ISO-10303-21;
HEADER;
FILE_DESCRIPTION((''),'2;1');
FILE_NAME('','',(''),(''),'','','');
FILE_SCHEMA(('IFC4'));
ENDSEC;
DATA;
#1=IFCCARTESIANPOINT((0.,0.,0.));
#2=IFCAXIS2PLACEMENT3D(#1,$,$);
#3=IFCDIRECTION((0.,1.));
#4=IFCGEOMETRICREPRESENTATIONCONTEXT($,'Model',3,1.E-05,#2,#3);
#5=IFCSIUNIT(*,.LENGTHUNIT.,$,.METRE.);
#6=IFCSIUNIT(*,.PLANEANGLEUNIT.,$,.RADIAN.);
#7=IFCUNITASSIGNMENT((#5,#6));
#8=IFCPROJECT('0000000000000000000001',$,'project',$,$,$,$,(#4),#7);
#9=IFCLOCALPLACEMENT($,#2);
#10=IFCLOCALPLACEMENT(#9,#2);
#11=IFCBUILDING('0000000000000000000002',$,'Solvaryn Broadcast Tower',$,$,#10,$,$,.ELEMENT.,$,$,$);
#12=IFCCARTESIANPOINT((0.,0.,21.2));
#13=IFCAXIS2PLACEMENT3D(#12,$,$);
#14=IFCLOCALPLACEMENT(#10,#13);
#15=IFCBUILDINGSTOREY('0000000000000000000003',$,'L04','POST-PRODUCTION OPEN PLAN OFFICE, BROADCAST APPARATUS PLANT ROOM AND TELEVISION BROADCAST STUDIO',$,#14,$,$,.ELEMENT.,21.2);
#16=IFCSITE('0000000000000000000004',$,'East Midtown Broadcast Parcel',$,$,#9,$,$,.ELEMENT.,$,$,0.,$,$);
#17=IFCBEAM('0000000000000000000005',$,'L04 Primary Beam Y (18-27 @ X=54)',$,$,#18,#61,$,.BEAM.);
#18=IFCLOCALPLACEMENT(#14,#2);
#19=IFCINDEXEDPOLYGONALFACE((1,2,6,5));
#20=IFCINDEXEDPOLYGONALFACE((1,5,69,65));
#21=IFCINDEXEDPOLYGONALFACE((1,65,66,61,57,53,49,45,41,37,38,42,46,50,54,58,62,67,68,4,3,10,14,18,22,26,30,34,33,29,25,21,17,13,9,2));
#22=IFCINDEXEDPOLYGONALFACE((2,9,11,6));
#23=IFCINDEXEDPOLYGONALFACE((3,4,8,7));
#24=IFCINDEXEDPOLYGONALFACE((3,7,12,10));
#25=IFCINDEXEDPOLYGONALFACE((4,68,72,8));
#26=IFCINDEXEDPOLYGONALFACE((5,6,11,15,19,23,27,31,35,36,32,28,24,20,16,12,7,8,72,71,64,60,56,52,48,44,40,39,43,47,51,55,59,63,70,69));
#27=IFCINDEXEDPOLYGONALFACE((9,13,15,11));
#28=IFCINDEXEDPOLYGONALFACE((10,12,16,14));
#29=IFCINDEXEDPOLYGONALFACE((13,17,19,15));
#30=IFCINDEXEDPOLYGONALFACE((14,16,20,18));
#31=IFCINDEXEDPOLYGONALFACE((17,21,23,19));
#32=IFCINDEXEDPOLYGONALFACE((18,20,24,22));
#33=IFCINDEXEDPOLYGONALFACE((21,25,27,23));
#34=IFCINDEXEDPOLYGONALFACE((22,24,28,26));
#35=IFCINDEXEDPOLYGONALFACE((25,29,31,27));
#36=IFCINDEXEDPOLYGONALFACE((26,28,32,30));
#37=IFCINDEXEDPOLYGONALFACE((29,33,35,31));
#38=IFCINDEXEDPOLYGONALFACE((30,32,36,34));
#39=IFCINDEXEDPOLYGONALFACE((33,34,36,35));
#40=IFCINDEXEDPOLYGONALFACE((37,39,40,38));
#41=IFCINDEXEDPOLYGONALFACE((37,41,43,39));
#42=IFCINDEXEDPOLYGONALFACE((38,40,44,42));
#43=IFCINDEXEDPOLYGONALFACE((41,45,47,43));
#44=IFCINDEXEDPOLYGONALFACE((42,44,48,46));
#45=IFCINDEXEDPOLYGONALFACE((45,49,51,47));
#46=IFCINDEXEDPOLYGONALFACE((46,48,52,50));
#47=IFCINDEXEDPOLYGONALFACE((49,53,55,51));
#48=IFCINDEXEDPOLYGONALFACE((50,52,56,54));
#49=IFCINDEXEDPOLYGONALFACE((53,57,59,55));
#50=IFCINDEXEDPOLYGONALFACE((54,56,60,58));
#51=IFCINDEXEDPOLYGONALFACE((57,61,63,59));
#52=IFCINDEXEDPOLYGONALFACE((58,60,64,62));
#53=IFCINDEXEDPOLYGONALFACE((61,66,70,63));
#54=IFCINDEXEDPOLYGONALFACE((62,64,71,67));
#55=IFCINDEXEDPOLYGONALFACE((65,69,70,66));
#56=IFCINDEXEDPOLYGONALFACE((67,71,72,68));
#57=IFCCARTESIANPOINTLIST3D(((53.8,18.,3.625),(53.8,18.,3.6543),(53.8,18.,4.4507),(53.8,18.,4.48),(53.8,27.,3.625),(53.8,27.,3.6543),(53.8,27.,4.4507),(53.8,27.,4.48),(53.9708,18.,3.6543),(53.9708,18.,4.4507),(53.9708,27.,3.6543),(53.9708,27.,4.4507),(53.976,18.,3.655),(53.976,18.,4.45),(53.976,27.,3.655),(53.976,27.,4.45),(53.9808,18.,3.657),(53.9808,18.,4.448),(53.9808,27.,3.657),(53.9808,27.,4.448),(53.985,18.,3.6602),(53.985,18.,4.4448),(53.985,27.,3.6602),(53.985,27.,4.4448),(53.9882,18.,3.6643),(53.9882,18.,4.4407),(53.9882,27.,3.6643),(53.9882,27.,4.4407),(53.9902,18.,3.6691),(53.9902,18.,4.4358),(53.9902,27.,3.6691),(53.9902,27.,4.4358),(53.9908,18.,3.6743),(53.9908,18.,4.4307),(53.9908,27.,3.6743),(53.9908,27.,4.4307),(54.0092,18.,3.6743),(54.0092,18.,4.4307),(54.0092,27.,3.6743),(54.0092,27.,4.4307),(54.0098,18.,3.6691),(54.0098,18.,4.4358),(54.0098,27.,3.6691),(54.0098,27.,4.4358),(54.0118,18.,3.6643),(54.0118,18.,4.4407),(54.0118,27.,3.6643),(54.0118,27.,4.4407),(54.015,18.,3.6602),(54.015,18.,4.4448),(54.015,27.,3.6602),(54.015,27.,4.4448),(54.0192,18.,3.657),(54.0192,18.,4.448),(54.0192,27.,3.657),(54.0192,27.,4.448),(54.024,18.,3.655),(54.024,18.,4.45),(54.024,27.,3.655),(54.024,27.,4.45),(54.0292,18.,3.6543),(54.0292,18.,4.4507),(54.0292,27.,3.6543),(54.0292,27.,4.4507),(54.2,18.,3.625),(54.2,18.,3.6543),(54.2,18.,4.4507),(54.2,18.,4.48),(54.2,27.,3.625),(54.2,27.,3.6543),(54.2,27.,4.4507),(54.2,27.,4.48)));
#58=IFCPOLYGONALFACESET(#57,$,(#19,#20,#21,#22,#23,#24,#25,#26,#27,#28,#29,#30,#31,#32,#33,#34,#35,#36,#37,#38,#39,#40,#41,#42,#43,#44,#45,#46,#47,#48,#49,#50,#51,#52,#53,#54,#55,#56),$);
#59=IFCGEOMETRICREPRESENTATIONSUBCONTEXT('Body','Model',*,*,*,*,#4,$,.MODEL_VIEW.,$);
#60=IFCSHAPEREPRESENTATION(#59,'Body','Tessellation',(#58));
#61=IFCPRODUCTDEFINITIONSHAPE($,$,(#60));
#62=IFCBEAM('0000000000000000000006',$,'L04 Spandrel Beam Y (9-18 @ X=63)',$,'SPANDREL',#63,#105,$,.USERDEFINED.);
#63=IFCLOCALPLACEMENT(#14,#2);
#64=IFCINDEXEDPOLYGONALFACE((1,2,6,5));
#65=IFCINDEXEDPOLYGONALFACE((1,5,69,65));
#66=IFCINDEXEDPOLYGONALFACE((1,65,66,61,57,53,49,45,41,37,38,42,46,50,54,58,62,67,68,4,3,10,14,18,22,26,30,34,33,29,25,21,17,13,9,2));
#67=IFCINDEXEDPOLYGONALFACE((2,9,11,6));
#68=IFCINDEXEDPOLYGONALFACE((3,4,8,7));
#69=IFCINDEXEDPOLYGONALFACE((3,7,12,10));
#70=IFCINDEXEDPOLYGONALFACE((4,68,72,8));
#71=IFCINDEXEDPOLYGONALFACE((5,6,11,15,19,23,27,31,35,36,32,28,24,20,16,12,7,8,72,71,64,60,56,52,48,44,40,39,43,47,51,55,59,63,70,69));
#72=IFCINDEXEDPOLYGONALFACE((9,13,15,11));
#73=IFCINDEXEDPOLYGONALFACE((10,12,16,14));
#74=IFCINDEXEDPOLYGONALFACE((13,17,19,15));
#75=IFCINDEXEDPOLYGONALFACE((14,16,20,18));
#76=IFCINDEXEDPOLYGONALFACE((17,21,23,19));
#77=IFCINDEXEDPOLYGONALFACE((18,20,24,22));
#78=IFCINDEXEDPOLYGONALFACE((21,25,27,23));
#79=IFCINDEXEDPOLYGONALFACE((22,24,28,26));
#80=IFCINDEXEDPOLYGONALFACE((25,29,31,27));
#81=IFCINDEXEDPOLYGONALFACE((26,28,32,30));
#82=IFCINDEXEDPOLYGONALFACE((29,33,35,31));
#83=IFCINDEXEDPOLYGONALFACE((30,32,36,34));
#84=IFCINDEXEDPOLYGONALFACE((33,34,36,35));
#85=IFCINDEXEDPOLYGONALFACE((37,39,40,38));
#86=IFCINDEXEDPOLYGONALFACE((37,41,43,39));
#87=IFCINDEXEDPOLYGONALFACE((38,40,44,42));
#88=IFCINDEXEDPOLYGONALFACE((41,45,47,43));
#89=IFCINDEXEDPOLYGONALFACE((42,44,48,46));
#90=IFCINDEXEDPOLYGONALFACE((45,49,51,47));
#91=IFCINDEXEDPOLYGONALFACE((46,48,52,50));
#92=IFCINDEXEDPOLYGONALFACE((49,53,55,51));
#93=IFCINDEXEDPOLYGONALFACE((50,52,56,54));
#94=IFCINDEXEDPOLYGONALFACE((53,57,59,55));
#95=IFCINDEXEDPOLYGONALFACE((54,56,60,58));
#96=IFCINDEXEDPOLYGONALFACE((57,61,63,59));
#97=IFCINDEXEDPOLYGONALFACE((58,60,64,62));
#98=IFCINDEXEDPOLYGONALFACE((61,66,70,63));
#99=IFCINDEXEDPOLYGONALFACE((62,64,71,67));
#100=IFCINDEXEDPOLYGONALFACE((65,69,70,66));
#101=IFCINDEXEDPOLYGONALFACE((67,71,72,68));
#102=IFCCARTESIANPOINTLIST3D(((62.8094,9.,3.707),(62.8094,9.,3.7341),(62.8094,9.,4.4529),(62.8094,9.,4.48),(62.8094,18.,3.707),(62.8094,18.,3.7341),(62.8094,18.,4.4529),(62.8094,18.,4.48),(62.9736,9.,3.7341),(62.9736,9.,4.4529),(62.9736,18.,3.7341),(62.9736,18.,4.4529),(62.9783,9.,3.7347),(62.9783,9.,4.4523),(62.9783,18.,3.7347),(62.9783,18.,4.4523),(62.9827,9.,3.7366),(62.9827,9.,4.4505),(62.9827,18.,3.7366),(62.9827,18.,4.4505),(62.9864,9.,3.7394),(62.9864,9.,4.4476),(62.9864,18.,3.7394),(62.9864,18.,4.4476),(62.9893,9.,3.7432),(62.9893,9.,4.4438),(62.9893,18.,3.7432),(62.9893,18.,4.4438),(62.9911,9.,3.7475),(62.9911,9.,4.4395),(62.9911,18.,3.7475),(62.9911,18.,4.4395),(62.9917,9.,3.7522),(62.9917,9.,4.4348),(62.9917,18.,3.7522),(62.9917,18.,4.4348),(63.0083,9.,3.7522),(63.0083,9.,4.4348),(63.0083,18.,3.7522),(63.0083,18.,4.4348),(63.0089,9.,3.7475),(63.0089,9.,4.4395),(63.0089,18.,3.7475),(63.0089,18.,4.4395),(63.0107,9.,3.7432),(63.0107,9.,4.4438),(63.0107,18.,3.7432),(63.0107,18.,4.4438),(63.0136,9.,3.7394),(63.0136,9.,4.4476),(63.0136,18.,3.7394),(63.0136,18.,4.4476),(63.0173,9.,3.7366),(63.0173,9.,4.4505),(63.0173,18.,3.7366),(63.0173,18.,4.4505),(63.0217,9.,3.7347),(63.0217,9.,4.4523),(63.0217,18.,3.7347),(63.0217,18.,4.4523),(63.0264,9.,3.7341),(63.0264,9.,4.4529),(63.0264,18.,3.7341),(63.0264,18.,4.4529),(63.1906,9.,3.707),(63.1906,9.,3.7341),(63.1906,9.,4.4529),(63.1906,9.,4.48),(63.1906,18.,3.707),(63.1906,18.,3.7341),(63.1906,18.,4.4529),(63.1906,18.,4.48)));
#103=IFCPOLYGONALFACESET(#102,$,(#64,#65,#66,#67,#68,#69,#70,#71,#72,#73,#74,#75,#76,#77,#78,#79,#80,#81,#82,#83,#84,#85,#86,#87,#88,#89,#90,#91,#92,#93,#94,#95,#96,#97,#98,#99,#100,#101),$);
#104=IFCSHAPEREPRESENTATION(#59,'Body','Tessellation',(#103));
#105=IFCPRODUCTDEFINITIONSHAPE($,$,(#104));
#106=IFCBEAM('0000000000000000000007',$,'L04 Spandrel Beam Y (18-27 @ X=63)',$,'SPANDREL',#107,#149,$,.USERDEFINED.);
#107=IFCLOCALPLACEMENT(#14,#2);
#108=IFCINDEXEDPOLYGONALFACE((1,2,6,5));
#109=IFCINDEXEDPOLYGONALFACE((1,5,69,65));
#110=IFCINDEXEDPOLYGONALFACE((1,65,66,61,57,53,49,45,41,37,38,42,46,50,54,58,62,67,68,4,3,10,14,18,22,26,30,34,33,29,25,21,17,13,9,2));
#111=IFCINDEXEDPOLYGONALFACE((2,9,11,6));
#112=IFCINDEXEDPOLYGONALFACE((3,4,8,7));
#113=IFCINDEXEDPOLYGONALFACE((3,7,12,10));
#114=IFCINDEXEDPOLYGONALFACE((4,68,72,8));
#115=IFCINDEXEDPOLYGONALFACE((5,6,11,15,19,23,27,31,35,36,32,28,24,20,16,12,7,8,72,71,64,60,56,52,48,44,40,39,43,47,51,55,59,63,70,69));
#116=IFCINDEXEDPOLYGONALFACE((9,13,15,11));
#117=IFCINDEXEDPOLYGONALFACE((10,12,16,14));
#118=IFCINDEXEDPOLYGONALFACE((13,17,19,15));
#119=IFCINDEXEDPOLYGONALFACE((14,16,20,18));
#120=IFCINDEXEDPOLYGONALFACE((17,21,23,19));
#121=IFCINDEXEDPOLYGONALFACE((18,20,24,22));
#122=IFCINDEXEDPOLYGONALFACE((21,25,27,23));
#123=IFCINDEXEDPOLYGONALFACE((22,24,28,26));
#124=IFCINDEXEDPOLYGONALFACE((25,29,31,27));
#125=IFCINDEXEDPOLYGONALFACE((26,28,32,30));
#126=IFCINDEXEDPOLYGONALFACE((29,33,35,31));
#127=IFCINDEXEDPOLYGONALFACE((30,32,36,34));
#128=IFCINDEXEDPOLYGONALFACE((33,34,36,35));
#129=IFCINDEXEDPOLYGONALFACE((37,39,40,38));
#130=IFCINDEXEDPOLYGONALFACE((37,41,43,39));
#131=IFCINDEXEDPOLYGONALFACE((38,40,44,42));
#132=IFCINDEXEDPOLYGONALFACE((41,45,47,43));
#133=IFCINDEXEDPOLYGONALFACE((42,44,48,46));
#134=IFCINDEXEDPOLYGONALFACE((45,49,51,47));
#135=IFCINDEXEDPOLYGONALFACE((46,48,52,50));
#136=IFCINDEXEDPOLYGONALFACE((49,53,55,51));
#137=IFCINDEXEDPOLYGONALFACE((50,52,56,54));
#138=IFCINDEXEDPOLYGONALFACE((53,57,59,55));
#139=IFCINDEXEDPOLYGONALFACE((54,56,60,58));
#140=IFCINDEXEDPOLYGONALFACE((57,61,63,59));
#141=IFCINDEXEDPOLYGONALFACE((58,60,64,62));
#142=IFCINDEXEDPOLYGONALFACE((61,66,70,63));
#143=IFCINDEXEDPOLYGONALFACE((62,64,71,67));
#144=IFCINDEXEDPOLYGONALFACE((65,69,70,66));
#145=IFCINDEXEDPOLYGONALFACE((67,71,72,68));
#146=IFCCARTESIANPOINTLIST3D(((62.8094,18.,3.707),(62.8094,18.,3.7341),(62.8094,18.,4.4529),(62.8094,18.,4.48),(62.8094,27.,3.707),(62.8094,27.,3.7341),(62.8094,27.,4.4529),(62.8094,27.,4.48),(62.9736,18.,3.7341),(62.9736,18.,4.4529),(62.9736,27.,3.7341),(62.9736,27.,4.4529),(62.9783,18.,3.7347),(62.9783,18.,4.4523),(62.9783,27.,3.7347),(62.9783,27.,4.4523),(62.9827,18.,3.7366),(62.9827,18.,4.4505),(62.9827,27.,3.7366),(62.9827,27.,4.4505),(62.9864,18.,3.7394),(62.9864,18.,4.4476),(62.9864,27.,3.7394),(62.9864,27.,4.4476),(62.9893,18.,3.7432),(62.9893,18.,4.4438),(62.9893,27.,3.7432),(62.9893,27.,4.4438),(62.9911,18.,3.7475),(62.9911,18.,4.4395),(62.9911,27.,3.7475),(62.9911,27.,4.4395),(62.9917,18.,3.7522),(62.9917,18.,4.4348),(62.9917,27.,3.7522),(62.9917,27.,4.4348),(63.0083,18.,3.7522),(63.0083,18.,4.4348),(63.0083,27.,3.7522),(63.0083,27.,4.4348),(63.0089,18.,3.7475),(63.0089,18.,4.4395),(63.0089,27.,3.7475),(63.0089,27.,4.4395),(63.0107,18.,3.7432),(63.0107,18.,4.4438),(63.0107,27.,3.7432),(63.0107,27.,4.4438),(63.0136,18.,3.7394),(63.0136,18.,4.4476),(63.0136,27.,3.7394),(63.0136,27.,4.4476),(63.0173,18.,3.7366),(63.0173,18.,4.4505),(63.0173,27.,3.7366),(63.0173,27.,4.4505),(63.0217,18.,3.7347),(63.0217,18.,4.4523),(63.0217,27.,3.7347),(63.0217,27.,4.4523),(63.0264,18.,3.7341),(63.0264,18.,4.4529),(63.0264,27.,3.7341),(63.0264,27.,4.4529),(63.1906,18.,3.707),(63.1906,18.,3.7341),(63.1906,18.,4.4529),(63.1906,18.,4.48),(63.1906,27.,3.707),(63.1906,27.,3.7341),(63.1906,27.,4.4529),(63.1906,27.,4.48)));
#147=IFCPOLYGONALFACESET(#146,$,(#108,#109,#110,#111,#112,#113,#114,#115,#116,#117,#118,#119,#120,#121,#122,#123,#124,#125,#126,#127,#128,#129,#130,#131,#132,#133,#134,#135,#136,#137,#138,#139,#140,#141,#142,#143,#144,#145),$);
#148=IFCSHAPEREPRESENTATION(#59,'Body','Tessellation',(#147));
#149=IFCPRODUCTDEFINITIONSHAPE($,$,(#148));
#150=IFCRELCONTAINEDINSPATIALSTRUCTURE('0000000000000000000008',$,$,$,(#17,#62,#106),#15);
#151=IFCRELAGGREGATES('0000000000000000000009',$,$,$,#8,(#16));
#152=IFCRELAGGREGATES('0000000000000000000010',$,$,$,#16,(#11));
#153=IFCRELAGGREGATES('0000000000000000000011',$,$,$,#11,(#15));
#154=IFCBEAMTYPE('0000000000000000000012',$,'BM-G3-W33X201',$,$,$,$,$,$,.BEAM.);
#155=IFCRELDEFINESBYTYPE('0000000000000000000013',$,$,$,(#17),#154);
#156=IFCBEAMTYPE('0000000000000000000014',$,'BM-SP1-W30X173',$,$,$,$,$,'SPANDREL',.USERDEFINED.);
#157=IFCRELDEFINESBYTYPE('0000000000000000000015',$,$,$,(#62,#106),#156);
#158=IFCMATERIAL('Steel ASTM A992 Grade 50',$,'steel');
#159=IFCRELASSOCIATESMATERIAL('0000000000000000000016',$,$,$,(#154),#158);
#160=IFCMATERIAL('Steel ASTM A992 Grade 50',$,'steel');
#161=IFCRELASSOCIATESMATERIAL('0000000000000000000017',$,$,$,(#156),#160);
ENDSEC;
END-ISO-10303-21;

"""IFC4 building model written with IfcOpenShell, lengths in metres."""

from ifc_helpers import new_model, si_unit, direction, frame, origin, origin_2d, place, context, subcontext, project, spatial, i_section, extrude, material, material_profile, profile_set, type_object, element, save


model = new_model("IFC4")

# Units and contexts
model_context = context("Model", 3, precision=1e-05, world=origin(), true_north=direction((0.0, 1.0)))
body_context = subcontext(model_context, "Body", "Model", "MODEL_VIEW")
ifc_project = project(units=[si_unit("LENGTHUNIT", "METRE"), si_unit("PLANEANGLEUNIT", "RADIAN")], contexts=[model_context])

# Site, building, storey
site_placement = place(None, origin())
site = spatial("IfcSite", under=ifc_project, at=site_placement, Name="East Midtown Broadcast Parcel", CompositionType="ELEMENT", RefElevation=0.0)
building_placement = place(site_placement, origin())
building = spatial("IfcBuilding", under=site, at=building_placement, Name="Solvaryn Broadcast Tower", CompositionType="ELEMENT")
storey_placement = place(building_placement, frame((0.0, 0.0, 21.2)))
storey = spatial("IfcBuildingStorey", under=building, at=storey_placement, Name="L04", Description="POST-PRODUCTION OPEN PLAN OFFICE, BROADCAST APPARATUS PLANT ROOM AND TELEVISION BROADCAST STUDIO", CompositionType="ELEMENT", Elevation=21.2)

# Beams
ifc_material_1 = material(Name="Steel ASTM A992 Grade 50", Category="steel")
ifc_material_profile_1 = material_profile(ifc_material_1, i_section(OverallWidth=0.3999, OverallDepth=0.855, WebThickness=0.0183, FlangeThickness=0.0293, FilletRadius=0.02, at=origin_2d()))
ifc_profile_set_1 = profile_set([ifc_material_profile_1], Name="Steel ASTM A992 Grade 50")
beam_type_1 = type_object("IfcBeamType", Name="BM-G3-W33X201", PredefinedType="BEAM", material=ifc_profile_set_1)
for number, where, z_axis, x_axis, name in (
    (1, (54.0, 18.0, 4.0525), (0.0, 1.0, 0.0), (-1.0, 0.0, 0.0), "L04 Primary Beam Y (18-27 @ X=54)"),
):
    element("IfcBeam", number, at=place(storey_placement, frame(where, z_axis=z_axis, x_axis=x_axis)), inside=storey, type_object=beam_type_1, Name=name, PredefinedType="BEAM", context=body_context, shape_type="SweptSolid", body=[
        extrude(i_section(OverallWidth=0.3999, OverallDepth=0.855, WebThickness=0.0183, FlangeThickness=0.0293, FilletRadius=0.02, at=origin_2d()), origin(), (0.0, 0.0, 1.0), 9.0),
    ])
ifc_material_2 = material(Name="Steel ASTM A992 Grade 50", Category="steel")
ifc_material_profile_2 = material_profile(ifc_material_2, i_section(OverallWidth=0.3811, OverallDepth=0.7729, WebThickness=0.0166, FlangeThickness=0.0271, FilletRadius=0.0181, at=origin_2d()))
ifc_profile_set_2 = profile_set([ifc_material_profile_2], Name="Steel ASTM A992 Grade 50")
beam_type_2 = type_object("IfcBeamType", Name="BM-SP1-W30X173", ElementType="SPANDREL", PredefinedType="USERDEFINED", material=ifc_profile_set_2)
for number, where, z_axis, x_axis, name in (
    (2, (63.0, 9.0, 4.0935), (0.0, 1.0, 0.0), (-1.0, 0.0, 0.0), "L04 Spandrel Beam Y (9-18 @ X=63)"),
    (3, (63.0, 18.0, 4.0935), (0.0, 1.0, 0.0), (-1.0, 0.0, 0.0), "L04 Spandrel Beam Y (18-27 @ X=63)"),
):
    element("IfcBeam", number, at=place(storey_placement, frame(where, z_axis=z_axis, x_axis=x_axis)), inside=storey, type_object=beam_type_2, Name=name, ObjectType="SPANDREL", PredefinedType="USERDEFINED", context=body_context, shape_type="SweptSolid", body=[
        extrude(i_section(OverallWidth=0.3811, OverallDepth=0.7729, WebThickness=0.0166, FlangeThickness=0.0271, FilletRadius=0.0181, at=origin_2d()), origin(), (0.0, 0.0, 1.0), 9.0),
    ])

save(model, "model.ifc")
